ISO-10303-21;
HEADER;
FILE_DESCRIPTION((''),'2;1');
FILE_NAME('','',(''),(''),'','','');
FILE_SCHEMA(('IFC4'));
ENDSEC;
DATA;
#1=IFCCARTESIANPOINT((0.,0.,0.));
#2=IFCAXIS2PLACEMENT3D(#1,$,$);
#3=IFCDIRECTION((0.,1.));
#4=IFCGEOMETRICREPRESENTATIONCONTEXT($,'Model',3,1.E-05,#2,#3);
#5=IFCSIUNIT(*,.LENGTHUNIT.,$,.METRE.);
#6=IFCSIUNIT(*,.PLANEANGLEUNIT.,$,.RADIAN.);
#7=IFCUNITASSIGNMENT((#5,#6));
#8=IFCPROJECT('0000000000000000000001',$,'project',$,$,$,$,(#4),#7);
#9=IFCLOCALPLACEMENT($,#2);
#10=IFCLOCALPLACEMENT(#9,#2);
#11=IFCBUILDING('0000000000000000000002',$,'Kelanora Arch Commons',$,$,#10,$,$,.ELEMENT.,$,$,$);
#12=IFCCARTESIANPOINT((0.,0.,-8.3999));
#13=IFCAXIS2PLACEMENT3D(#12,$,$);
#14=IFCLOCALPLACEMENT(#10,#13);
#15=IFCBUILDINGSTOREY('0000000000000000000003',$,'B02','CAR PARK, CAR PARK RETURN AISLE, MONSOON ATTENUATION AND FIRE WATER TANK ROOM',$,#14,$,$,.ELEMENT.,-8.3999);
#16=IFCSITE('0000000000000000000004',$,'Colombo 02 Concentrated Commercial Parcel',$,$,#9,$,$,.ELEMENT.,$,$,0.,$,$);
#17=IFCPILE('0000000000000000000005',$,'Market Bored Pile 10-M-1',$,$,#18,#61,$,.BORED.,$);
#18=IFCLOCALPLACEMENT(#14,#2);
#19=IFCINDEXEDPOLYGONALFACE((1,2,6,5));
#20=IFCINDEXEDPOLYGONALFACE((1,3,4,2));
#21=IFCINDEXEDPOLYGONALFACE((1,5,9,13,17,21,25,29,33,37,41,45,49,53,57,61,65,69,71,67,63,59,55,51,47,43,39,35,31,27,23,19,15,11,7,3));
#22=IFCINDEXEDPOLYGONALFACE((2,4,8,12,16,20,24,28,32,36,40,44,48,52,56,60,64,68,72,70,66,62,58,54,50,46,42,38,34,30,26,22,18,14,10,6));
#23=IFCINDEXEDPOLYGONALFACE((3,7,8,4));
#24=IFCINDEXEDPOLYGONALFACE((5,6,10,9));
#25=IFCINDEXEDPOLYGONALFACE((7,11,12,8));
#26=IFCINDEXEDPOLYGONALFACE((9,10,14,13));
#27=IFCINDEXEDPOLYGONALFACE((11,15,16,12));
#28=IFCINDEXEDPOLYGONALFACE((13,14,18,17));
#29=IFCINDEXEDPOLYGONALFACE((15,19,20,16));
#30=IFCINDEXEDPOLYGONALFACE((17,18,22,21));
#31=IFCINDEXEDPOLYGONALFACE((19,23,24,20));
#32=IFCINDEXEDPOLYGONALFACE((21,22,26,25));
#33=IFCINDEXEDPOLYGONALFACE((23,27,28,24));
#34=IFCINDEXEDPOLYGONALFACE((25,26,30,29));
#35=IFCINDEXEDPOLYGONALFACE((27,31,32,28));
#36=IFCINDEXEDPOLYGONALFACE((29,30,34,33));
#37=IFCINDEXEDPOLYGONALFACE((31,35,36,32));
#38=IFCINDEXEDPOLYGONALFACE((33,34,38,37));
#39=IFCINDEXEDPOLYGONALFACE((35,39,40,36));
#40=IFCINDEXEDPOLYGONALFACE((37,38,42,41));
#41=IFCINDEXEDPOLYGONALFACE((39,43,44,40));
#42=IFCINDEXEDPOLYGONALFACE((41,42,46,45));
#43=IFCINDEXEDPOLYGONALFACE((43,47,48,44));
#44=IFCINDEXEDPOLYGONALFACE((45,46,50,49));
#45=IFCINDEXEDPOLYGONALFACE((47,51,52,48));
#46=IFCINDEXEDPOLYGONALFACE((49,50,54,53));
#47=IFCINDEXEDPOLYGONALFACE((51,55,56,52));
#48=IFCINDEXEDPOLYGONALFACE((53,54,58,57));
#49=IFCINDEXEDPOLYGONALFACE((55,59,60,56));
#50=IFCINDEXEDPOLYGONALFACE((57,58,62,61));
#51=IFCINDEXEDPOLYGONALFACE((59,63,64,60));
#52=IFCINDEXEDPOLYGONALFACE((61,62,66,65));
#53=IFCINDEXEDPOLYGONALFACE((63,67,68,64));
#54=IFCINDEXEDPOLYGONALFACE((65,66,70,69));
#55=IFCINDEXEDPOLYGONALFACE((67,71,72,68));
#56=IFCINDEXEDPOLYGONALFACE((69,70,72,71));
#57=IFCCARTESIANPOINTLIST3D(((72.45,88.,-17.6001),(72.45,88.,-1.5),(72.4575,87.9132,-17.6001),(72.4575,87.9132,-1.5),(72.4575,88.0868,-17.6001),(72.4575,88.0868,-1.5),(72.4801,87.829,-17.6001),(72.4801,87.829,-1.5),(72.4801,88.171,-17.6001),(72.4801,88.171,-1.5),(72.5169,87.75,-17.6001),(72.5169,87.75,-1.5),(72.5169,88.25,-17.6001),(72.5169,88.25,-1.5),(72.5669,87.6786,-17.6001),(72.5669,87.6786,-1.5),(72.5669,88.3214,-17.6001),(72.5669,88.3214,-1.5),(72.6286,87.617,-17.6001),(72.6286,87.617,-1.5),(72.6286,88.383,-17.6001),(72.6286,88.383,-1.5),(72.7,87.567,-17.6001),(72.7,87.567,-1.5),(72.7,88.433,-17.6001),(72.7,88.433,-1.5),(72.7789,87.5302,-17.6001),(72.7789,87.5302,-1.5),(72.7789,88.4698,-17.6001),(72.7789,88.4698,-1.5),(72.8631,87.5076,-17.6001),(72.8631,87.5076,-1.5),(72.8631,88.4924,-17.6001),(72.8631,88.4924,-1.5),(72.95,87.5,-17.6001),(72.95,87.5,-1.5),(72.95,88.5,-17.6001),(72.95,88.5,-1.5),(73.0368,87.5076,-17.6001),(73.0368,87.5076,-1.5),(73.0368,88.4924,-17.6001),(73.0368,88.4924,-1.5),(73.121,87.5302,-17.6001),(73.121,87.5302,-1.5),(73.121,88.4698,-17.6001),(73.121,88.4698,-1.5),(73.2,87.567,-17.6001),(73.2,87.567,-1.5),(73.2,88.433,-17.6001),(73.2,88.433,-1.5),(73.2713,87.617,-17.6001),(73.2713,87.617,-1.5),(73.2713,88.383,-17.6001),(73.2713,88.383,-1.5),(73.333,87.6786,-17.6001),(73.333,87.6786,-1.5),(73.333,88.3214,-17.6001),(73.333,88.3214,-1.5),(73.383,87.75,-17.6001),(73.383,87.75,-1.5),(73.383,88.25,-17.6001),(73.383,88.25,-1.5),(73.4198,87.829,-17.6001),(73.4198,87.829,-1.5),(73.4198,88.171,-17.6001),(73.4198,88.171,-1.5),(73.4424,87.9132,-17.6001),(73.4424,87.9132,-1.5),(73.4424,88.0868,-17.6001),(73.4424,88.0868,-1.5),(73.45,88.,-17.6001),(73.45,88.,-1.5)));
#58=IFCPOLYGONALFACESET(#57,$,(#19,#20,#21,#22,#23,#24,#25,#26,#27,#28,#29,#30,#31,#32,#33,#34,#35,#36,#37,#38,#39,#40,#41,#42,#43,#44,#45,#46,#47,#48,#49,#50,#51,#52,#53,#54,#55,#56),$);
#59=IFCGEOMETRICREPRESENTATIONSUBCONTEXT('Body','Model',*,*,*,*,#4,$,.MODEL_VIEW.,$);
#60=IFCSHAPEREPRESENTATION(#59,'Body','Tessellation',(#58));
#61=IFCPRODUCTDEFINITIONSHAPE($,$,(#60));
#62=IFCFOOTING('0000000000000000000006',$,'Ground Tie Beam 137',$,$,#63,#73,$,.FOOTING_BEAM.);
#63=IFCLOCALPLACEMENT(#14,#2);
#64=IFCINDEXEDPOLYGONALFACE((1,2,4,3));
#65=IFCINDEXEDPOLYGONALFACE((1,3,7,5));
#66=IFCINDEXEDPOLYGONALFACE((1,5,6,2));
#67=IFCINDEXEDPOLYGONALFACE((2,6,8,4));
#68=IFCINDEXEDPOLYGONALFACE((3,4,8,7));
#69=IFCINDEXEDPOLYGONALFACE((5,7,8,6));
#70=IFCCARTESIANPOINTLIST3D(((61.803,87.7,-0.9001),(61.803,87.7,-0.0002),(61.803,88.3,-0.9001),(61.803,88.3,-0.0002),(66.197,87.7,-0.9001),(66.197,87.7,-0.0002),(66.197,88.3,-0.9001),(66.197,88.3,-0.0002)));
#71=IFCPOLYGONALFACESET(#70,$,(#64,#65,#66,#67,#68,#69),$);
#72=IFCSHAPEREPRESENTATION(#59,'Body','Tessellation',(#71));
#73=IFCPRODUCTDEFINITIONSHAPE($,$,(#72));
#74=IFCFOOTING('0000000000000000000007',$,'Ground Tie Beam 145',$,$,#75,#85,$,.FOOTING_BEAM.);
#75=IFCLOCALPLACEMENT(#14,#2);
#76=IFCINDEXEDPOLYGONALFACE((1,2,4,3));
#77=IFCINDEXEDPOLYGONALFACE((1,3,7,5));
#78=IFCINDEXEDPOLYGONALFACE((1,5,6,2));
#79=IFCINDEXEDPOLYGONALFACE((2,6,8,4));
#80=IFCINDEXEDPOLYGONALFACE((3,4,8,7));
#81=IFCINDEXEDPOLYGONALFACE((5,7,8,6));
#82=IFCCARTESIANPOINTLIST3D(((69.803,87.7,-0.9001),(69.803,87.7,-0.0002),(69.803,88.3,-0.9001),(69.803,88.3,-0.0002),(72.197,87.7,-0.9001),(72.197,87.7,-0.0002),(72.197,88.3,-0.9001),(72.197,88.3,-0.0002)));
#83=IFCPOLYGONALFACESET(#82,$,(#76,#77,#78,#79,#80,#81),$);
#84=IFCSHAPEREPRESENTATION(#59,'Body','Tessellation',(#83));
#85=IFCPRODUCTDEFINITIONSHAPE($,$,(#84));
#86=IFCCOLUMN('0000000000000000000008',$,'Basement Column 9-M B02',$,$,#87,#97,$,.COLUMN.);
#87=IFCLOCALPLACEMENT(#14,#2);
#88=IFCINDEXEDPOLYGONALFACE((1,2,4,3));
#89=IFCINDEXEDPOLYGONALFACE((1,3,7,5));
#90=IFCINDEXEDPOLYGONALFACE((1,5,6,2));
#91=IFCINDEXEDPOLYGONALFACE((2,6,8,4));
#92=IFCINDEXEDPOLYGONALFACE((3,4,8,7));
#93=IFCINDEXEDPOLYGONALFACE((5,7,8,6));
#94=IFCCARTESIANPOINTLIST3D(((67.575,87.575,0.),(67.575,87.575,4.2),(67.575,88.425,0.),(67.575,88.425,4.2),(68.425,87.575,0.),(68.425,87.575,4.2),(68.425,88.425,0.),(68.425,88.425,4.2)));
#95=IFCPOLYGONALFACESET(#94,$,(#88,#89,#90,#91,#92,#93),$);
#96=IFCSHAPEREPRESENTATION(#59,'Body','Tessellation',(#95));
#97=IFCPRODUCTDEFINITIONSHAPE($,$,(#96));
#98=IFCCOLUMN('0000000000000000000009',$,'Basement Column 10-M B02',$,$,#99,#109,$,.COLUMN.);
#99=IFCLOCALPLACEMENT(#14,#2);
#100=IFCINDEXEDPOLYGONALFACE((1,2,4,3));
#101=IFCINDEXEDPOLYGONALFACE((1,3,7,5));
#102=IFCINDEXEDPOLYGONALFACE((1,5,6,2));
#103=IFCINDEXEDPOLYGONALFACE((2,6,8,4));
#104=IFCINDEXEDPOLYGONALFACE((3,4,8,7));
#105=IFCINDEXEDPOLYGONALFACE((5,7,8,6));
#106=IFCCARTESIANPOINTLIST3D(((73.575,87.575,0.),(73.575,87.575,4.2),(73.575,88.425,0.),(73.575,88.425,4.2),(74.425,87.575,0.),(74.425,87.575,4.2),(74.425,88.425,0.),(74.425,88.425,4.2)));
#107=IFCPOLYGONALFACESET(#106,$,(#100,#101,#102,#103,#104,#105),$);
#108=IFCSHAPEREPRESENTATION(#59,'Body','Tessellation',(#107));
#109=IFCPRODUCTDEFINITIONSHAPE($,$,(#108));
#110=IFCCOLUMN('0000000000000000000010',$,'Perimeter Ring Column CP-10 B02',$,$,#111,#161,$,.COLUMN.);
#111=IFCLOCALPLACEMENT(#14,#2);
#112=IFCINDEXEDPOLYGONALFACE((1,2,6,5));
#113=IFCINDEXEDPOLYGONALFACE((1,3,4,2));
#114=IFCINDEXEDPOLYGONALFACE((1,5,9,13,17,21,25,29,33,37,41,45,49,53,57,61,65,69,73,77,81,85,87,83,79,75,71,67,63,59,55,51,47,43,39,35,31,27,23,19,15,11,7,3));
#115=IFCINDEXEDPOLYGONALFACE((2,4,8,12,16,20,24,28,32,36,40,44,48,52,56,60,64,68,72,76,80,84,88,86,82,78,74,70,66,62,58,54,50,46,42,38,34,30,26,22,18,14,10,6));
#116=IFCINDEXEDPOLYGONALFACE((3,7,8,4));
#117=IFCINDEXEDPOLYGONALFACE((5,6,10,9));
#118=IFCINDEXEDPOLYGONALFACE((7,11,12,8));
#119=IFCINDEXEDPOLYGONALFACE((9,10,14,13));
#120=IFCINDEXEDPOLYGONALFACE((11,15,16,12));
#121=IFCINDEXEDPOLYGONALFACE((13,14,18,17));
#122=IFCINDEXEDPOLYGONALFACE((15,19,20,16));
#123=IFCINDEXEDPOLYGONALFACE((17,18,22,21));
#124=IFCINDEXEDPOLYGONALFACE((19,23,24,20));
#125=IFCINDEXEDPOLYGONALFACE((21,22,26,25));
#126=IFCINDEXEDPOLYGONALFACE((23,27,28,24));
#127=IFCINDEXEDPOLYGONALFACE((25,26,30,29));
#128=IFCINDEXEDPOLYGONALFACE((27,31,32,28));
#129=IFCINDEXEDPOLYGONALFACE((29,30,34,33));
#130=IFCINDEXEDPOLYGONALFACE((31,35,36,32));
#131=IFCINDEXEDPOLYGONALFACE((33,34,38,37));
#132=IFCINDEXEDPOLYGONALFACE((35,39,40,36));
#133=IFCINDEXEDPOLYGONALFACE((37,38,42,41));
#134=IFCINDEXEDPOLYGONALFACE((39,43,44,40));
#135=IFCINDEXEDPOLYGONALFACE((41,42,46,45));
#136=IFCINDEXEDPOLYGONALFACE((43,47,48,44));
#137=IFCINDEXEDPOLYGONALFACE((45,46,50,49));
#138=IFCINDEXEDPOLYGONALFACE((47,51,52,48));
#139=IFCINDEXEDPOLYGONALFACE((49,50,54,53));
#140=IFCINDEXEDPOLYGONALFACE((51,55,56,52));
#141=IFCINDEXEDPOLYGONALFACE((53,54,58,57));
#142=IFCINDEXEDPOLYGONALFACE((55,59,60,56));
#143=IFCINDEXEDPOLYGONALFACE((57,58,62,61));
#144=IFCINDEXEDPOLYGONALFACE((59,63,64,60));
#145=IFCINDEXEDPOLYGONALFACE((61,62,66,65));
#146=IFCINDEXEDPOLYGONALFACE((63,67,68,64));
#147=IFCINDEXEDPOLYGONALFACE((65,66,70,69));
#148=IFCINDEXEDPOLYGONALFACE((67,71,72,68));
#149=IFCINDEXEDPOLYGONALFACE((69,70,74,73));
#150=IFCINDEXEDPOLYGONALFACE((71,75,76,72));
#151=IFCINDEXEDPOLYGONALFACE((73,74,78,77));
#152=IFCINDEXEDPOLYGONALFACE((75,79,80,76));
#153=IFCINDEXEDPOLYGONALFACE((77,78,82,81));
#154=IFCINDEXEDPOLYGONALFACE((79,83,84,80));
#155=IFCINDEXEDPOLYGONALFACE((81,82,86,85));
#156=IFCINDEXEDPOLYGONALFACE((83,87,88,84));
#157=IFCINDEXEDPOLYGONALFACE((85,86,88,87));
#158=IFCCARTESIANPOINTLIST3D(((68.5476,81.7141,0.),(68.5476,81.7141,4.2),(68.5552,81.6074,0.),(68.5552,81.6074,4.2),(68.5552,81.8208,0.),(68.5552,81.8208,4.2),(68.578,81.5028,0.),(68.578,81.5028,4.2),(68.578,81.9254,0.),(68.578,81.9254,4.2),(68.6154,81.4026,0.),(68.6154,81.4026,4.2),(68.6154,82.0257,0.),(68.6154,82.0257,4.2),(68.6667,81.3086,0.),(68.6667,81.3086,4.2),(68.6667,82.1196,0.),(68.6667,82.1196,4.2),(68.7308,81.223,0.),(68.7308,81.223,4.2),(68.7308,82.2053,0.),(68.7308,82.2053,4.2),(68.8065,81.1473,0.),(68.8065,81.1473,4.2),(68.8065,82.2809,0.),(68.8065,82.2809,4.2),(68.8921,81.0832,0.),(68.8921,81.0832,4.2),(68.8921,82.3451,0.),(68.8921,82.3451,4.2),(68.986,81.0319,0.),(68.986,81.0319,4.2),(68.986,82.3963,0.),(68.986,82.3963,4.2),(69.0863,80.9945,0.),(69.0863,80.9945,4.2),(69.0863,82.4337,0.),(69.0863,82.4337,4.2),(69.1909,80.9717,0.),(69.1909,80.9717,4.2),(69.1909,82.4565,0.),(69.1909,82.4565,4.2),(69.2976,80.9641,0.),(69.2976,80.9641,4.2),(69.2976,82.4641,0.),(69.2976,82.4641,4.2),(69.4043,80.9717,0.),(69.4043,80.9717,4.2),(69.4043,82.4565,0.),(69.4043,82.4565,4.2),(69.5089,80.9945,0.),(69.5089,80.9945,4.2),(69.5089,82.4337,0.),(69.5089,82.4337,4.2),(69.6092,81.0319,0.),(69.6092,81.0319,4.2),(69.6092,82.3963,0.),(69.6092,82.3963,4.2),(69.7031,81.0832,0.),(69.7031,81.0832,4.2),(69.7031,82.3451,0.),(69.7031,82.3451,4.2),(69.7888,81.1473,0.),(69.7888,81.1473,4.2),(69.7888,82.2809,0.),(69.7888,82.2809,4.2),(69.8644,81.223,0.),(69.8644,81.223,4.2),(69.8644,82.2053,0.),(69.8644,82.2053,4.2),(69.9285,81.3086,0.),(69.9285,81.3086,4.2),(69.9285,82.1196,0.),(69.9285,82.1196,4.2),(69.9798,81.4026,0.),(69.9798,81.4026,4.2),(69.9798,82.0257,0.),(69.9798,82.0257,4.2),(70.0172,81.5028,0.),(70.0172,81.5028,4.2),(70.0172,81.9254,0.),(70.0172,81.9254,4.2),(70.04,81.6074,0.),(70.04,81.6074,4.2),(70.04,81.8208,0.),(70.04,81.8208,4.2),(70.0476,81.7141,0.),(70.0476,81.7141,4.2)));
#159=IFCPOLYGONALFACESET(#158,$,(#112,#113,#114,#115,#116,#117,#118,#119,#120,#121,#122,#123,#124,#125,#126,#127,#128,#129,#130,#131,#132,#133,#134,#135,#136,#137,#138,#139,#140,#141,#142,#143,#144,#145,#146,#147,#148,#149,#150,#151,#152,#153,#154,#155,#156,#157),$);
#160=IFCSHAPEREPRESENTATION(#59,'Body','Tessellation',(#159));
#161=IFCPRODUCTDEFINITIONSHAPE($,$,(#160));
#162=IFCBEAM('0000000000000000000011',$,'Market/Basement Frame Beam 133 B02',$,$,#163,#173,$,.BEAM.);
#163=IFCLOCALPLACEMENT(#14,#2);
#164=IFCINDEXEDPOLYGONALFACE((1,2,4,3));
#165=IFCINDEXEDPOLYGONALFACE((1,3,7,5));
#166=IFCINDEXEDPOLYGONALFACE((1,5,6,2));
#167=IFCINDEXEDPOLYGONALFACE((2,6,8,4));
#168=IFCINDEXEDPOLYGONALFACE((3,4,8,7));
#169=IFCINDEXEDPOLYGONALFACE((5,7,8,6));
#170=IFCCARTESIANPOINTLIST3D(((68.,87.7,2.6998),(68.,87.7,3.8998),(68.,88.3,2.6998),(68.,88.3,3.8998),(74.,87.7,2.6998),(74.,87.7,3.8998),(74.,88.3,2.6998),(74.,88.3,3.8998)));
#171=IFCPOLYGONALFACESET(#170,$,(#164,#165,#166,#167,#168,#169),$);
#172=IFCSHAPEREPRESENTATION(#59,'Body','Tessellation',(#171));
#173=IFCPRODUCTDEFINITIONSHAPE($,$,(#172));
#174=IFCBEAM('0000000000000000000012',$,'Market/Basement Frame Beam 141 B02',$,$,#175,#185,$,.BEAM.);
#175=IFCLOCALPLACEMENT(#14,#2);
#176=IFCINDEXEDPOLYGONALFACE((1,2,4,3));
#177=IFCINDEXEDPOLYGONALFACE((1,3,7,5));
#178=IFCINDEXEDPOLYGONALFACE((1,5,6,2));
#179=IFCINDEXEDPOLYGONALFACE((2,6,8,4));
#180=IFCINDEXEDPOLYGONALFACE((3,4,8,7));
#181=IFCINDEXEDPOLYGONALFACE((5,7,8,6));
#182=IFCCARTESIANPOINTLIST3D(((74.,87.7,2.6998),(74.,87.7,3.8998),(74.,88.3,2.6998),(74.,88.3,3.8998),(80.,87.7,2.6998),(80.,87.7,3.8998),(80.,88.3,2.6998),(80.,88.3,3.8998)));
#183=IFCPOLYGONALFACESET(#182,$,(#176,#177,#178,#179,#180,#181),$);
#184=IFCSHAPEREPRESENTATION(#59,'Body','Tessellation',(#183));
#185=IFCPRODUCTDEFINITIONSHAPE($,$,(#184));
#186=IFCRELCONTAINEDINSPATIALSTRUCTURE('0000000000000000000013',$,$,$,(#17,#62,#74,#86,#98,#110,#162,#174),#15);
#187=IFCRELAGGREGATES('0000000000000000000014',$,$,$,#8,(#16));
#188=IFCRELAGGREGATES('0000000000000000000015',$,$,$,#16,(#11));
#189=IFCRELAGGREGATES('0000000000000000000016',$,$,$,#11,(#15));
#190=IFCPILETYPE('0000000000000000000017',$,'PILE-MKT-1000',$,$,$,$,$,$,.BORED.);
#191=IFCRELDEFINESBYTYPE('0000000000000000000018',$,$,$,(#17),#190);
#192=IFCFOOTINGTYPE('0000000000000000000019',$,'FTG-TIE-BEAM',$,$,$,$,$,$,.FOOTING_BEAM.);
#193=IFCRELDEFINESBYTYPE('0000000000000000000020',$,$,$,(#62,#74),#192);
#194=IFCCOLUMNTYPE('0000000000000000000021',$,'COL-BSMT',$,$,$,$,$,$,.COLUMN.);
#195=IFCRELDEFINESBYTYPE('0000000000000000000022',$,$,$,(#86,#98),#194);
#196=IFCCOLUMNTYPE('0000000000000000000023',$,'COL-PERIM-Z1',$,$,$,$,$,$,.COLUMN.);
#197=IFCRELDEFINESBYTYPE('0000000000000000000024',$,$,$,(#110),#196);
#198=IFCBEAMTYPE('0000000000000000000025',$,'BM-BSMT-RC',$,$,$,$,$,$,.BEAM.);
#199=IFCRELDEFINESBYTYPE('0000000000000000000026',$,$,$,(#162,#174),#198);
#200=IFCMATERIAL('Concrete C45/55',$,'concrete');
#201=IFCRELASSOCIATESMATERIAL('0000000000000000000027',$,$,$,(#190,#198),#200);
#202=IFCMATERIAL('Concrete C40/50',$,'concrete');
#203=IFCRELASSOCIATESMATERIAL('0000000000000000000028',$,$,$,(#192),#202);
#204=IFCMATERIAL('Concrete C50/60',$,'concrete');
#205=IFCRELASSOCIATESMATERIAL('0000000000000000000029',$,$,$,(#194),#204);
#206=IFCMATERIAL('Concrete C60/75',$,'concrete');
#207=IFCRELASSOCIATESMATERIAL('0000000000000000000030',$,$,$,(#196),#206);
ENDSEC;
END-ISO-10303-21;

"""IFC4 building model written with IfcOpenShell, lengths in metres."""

from ifc_helpers import new_model, si_unit, direction, frame, origin, origin_2d, place, context, subcontext, project, spatial, rectangle, circle, extrude, source, transform, mapped, material, material_profile, profile_set, type_object, element, save


model = new_model("IFC4")

# Units and contexts
model_context = context("Model", 3, precision=1e-05, world=origin(), true_north=direction((0.0, 1.0)))
body_context = subcontext(model_context, "Body", "Model", "MODEL_VIEW")
ifc_project = project(units=[si_unit("LENGTHUNIT", "METRE"), si_unit("PLANEANGLEUNIT", "RADIAN")], contexts=[model_context])

# Site, building, storey
site_placement = place(None, origin())
site = spatial("IfcSite", under=ifc_project, at=site_placement, Name="Colombo 02 Concentrated Commercial Parcel", CompositionType="ELEMENT", RefElevation=0.0)
building_placement = place(site_placement, origin())
building = spatial("IfcBuilding", under=site, at=building_placement, Name="Kelanora Arch Commons", CompositionType="ELEMENT")
storey_placement = place(building_placement, frame((0.0, 0.0, -8.3999)))
storey = spatial("IfcBuildingStorey", under=building, at=storey_placement, Name="B02", Description="CAR PARK, CAR PARK RETURN AISLE, MONSOON ATTENUATION AND FIRE WATER TANK ROOM", CompositionType="ELEMENT", Elevation=-8.3999)

# Shared definitions
ifc_material_1 = material(Name="Concrete C45/55", Category="concrete")

# Shared definitions
ifc_material_2 = material(Name="Concrete C40/50", Category="concrete")

# Pile
ifc_material_profile_1 = material_profile(ifc_material_1, circle(Radius=0.5, at=origin_2d()), Name="PILE1000")
ifc_profile_set_1 = profile_set([ifc_material_profile_1], Name="Concrete C45/55")
pile_type_1 = type_object("IfcPileType", Name="PILE-MKT-1000", PredefinedType="BORED", material=ifc_profile_set_1)
shared_shape_1 = source(origin(), body_context, "Body", "SweptSolid", [
    extrude(circle(Radius=0.5, at=origin_2d()), origin(), (0.0, 0.0, 1.0), 16.1001),
])
for number, where, z_axis, x_axis, name in (
    (1, (72.95, 88.0, -1.5), (0.0, 0.0, -1.0), (1.0, 0.0, 0.0), "Market Bored Pile 10-M-1"),
):
    element("IfcPile", number, at=place(storey_placement, frame(where, z_axis=z_axis, x_axis=x_axis)), inside=storey, type_object=pile_type_1, Name=name, PredefinedType="BORED", context=body_context, shape_type="MappedRepresentation", body=[
        mapped(shared_shape_1, transform((0.0, 0.0, 0.0), scale=1.0)),
    ])

# Footings
footing_type_1 = type_object("IfcFootingType", Name="FTG-TIE-BEAM", PredefinedType="FOOTING_BEAM", material=ifc_material_2)
shared_shape_2 = source(origin(), body_context, "Body", "SweptSolid", [
    extrude(rectangle(XDim=4.394, YDim=0.6001, at=origin_2d()), origin(), (0.0, 0.0, 1.0), 0.8999),
])
footing_1_placement = place(storey_placement, frame((64.0, 88.0, -0.9001), z_axis=(0.0, 0.0, 1.0), x_axis=(1.0, 0.0, 0.0)))
element("IfcFooting", 2, at=footing_1_placement, inside=storey, type_object=footing_type_1, Name="Ground Tie Beam 137", PredefinedType="FOOTING_BEAM", context=body_context, shape_type="MappedRepresentation", body=[
    mapped(shared_shape_2, transform((0.0, 0.0, 0.0), scale=1.0)),
])
shared_shape_3 = source(origin(), body_context, "Body", "SweptSolid", [
    extrude(rectangle(XDim=2.394, YDim=0.6001, at=origin_2d()), origin(), (0.0, 0.0, 1.0), 0.8999),
])
footing_2_placement = place(storey_placement, frame((71.0, 88.0, -0.9001), z_axis=(0.0, 0.0, 1.0), x_axis=(1.0, 0.0, 0.0)))
element("IfcFooting", 3, at=footing_2_placement, inside=storey, type_object=footing_type_1, Name="Ground Tie Beam 145", PredefinedType="FOOTING_BEAM", context=body_context, shape_type="MappedRepresentation", body=[
    mapped(shared_shape_3, transform((0.0, 0.0, 0.0), scale=1.0)),
])

# Columns
ifc_material_3 = material(Name="Concrete C50/60", Category="concrete")
ifc_material_profile_2 = material_profile(ifc_material_3, rectangle(XDim=0.8501, YDim=0.8501, at=origin_2d()), Name="RC850x850")
ifc_profile_set_2 = profile_set([ifc_material_profile_2], Name="Concrete C50/60")
column_type_1 = type_object("IfcColumnType", Name="COL-BSMT", PredefinedType="COLUMN", material=ifc_profile_set_2)
for number, where, z_axis, x_axis, name in (
    (4, (68.0, 88.0, 0.0), (0.0, 0.0, 1.0), (1.0, 0.0, 0.0), "Basement Column 9-M B02"),
    (5, (74.0, 88.0, 0.0), (0.0, 0.0, 1.0), (1.0, 0.0, 0.0), "Basement Column 10-M B02"),
):
    element("IfcColumn", number, at=place(storey_placement, frame(where, z_axis=z_axis, x_axis=x_axis)), inside=storey, type_object=column_type_1, Name=name, PredefinedType="COLUMN", context=body_context, shape_type="SweptSolid", body=[
        extrude(rectangle(XDim=0.8501, YDim=0.8501, at=origin_2d()), origin(), (0.0, 0.0, 1.0), 4.2),
    ])
ifc_material_4 = material(Name="Concrete C60/75", Category="concrete")
ifc_material_profile_3 = material_profile(ifc_material_4, circle(Radius=0.75, at=origin_2d()), Name="RCC1500")
ifc_profile_set_3 = profile_set([ifc_material_profile_3], Name="Concrete C60/75")
column_type_2 = type_object("IfcColumnType", Name="COL-PERIM-Z1", PredefinedType="COLUMN", material=ifc_profile_set_3)
column_placement = place(storey_placement, frame((69.2976, 81.7141, 0.0), z_axis=(0.0, 0.0, 1.0), x_axis=(1.0, 0.0, 0.0)))
element("IfcColumn", 6, at=column_placement, inside=storey, type_object=column_type_2, Name="Perimeter Ring Column CP-10 B02", PredefinedType="COLUMN", context=body_context, shape_type="SweptSolid", body=[
    extrude(circle(Radius=0.75, at=origin_2d()), origin(), (0.0, 0.0, 1.0), 4.2),
])

# Beams
ifc_material_profile_4 = material_profile(ifc_material_1, rectangle(XDim=0.6001, YDim=1.2, at=origin_2d()), Name="RCB600x1200")
ifc_profile_set_4 = profile_set([ifc_material_profile_4], Name="Concrete C45/55")
beam_type_1 = type_object("IfcBeamType", Name="BM-BSMT-RC", PredefinedType="BEAM", material=ifc_profile_set_4)
for number, where, z_axis, x_axis, name in (
    (7, (68.0, 88.0, 3.2998), (1.0, 0.0, 0.0), (0.0, 1.0, 0.0), "Market/Basement Frame Beam 133 B02"),
    (8, (74.0, 88.0, 3.2998), (1.0, 0.0, 0.0), (0.0, 1.0, 0.0), "Market/Basement Frame Beam 141 B02"),
):
    element("IfcBeam", number, at=place(storey_placement, frame(where, z_axis=z_axis, x_axis=x_axis)), inside=storey, type_object=beam_type_1, Name=name, PredefinedType="BEAM", context=body_context, shape_type="SweptSolid", body=[
        extrude(rectangle(XDim=0.6001, YDim=1.2, at=origin_2d()), origin(), (0.0, 0.0, 1.0), 6.0),
    ])

save(model, "model.ifc")
